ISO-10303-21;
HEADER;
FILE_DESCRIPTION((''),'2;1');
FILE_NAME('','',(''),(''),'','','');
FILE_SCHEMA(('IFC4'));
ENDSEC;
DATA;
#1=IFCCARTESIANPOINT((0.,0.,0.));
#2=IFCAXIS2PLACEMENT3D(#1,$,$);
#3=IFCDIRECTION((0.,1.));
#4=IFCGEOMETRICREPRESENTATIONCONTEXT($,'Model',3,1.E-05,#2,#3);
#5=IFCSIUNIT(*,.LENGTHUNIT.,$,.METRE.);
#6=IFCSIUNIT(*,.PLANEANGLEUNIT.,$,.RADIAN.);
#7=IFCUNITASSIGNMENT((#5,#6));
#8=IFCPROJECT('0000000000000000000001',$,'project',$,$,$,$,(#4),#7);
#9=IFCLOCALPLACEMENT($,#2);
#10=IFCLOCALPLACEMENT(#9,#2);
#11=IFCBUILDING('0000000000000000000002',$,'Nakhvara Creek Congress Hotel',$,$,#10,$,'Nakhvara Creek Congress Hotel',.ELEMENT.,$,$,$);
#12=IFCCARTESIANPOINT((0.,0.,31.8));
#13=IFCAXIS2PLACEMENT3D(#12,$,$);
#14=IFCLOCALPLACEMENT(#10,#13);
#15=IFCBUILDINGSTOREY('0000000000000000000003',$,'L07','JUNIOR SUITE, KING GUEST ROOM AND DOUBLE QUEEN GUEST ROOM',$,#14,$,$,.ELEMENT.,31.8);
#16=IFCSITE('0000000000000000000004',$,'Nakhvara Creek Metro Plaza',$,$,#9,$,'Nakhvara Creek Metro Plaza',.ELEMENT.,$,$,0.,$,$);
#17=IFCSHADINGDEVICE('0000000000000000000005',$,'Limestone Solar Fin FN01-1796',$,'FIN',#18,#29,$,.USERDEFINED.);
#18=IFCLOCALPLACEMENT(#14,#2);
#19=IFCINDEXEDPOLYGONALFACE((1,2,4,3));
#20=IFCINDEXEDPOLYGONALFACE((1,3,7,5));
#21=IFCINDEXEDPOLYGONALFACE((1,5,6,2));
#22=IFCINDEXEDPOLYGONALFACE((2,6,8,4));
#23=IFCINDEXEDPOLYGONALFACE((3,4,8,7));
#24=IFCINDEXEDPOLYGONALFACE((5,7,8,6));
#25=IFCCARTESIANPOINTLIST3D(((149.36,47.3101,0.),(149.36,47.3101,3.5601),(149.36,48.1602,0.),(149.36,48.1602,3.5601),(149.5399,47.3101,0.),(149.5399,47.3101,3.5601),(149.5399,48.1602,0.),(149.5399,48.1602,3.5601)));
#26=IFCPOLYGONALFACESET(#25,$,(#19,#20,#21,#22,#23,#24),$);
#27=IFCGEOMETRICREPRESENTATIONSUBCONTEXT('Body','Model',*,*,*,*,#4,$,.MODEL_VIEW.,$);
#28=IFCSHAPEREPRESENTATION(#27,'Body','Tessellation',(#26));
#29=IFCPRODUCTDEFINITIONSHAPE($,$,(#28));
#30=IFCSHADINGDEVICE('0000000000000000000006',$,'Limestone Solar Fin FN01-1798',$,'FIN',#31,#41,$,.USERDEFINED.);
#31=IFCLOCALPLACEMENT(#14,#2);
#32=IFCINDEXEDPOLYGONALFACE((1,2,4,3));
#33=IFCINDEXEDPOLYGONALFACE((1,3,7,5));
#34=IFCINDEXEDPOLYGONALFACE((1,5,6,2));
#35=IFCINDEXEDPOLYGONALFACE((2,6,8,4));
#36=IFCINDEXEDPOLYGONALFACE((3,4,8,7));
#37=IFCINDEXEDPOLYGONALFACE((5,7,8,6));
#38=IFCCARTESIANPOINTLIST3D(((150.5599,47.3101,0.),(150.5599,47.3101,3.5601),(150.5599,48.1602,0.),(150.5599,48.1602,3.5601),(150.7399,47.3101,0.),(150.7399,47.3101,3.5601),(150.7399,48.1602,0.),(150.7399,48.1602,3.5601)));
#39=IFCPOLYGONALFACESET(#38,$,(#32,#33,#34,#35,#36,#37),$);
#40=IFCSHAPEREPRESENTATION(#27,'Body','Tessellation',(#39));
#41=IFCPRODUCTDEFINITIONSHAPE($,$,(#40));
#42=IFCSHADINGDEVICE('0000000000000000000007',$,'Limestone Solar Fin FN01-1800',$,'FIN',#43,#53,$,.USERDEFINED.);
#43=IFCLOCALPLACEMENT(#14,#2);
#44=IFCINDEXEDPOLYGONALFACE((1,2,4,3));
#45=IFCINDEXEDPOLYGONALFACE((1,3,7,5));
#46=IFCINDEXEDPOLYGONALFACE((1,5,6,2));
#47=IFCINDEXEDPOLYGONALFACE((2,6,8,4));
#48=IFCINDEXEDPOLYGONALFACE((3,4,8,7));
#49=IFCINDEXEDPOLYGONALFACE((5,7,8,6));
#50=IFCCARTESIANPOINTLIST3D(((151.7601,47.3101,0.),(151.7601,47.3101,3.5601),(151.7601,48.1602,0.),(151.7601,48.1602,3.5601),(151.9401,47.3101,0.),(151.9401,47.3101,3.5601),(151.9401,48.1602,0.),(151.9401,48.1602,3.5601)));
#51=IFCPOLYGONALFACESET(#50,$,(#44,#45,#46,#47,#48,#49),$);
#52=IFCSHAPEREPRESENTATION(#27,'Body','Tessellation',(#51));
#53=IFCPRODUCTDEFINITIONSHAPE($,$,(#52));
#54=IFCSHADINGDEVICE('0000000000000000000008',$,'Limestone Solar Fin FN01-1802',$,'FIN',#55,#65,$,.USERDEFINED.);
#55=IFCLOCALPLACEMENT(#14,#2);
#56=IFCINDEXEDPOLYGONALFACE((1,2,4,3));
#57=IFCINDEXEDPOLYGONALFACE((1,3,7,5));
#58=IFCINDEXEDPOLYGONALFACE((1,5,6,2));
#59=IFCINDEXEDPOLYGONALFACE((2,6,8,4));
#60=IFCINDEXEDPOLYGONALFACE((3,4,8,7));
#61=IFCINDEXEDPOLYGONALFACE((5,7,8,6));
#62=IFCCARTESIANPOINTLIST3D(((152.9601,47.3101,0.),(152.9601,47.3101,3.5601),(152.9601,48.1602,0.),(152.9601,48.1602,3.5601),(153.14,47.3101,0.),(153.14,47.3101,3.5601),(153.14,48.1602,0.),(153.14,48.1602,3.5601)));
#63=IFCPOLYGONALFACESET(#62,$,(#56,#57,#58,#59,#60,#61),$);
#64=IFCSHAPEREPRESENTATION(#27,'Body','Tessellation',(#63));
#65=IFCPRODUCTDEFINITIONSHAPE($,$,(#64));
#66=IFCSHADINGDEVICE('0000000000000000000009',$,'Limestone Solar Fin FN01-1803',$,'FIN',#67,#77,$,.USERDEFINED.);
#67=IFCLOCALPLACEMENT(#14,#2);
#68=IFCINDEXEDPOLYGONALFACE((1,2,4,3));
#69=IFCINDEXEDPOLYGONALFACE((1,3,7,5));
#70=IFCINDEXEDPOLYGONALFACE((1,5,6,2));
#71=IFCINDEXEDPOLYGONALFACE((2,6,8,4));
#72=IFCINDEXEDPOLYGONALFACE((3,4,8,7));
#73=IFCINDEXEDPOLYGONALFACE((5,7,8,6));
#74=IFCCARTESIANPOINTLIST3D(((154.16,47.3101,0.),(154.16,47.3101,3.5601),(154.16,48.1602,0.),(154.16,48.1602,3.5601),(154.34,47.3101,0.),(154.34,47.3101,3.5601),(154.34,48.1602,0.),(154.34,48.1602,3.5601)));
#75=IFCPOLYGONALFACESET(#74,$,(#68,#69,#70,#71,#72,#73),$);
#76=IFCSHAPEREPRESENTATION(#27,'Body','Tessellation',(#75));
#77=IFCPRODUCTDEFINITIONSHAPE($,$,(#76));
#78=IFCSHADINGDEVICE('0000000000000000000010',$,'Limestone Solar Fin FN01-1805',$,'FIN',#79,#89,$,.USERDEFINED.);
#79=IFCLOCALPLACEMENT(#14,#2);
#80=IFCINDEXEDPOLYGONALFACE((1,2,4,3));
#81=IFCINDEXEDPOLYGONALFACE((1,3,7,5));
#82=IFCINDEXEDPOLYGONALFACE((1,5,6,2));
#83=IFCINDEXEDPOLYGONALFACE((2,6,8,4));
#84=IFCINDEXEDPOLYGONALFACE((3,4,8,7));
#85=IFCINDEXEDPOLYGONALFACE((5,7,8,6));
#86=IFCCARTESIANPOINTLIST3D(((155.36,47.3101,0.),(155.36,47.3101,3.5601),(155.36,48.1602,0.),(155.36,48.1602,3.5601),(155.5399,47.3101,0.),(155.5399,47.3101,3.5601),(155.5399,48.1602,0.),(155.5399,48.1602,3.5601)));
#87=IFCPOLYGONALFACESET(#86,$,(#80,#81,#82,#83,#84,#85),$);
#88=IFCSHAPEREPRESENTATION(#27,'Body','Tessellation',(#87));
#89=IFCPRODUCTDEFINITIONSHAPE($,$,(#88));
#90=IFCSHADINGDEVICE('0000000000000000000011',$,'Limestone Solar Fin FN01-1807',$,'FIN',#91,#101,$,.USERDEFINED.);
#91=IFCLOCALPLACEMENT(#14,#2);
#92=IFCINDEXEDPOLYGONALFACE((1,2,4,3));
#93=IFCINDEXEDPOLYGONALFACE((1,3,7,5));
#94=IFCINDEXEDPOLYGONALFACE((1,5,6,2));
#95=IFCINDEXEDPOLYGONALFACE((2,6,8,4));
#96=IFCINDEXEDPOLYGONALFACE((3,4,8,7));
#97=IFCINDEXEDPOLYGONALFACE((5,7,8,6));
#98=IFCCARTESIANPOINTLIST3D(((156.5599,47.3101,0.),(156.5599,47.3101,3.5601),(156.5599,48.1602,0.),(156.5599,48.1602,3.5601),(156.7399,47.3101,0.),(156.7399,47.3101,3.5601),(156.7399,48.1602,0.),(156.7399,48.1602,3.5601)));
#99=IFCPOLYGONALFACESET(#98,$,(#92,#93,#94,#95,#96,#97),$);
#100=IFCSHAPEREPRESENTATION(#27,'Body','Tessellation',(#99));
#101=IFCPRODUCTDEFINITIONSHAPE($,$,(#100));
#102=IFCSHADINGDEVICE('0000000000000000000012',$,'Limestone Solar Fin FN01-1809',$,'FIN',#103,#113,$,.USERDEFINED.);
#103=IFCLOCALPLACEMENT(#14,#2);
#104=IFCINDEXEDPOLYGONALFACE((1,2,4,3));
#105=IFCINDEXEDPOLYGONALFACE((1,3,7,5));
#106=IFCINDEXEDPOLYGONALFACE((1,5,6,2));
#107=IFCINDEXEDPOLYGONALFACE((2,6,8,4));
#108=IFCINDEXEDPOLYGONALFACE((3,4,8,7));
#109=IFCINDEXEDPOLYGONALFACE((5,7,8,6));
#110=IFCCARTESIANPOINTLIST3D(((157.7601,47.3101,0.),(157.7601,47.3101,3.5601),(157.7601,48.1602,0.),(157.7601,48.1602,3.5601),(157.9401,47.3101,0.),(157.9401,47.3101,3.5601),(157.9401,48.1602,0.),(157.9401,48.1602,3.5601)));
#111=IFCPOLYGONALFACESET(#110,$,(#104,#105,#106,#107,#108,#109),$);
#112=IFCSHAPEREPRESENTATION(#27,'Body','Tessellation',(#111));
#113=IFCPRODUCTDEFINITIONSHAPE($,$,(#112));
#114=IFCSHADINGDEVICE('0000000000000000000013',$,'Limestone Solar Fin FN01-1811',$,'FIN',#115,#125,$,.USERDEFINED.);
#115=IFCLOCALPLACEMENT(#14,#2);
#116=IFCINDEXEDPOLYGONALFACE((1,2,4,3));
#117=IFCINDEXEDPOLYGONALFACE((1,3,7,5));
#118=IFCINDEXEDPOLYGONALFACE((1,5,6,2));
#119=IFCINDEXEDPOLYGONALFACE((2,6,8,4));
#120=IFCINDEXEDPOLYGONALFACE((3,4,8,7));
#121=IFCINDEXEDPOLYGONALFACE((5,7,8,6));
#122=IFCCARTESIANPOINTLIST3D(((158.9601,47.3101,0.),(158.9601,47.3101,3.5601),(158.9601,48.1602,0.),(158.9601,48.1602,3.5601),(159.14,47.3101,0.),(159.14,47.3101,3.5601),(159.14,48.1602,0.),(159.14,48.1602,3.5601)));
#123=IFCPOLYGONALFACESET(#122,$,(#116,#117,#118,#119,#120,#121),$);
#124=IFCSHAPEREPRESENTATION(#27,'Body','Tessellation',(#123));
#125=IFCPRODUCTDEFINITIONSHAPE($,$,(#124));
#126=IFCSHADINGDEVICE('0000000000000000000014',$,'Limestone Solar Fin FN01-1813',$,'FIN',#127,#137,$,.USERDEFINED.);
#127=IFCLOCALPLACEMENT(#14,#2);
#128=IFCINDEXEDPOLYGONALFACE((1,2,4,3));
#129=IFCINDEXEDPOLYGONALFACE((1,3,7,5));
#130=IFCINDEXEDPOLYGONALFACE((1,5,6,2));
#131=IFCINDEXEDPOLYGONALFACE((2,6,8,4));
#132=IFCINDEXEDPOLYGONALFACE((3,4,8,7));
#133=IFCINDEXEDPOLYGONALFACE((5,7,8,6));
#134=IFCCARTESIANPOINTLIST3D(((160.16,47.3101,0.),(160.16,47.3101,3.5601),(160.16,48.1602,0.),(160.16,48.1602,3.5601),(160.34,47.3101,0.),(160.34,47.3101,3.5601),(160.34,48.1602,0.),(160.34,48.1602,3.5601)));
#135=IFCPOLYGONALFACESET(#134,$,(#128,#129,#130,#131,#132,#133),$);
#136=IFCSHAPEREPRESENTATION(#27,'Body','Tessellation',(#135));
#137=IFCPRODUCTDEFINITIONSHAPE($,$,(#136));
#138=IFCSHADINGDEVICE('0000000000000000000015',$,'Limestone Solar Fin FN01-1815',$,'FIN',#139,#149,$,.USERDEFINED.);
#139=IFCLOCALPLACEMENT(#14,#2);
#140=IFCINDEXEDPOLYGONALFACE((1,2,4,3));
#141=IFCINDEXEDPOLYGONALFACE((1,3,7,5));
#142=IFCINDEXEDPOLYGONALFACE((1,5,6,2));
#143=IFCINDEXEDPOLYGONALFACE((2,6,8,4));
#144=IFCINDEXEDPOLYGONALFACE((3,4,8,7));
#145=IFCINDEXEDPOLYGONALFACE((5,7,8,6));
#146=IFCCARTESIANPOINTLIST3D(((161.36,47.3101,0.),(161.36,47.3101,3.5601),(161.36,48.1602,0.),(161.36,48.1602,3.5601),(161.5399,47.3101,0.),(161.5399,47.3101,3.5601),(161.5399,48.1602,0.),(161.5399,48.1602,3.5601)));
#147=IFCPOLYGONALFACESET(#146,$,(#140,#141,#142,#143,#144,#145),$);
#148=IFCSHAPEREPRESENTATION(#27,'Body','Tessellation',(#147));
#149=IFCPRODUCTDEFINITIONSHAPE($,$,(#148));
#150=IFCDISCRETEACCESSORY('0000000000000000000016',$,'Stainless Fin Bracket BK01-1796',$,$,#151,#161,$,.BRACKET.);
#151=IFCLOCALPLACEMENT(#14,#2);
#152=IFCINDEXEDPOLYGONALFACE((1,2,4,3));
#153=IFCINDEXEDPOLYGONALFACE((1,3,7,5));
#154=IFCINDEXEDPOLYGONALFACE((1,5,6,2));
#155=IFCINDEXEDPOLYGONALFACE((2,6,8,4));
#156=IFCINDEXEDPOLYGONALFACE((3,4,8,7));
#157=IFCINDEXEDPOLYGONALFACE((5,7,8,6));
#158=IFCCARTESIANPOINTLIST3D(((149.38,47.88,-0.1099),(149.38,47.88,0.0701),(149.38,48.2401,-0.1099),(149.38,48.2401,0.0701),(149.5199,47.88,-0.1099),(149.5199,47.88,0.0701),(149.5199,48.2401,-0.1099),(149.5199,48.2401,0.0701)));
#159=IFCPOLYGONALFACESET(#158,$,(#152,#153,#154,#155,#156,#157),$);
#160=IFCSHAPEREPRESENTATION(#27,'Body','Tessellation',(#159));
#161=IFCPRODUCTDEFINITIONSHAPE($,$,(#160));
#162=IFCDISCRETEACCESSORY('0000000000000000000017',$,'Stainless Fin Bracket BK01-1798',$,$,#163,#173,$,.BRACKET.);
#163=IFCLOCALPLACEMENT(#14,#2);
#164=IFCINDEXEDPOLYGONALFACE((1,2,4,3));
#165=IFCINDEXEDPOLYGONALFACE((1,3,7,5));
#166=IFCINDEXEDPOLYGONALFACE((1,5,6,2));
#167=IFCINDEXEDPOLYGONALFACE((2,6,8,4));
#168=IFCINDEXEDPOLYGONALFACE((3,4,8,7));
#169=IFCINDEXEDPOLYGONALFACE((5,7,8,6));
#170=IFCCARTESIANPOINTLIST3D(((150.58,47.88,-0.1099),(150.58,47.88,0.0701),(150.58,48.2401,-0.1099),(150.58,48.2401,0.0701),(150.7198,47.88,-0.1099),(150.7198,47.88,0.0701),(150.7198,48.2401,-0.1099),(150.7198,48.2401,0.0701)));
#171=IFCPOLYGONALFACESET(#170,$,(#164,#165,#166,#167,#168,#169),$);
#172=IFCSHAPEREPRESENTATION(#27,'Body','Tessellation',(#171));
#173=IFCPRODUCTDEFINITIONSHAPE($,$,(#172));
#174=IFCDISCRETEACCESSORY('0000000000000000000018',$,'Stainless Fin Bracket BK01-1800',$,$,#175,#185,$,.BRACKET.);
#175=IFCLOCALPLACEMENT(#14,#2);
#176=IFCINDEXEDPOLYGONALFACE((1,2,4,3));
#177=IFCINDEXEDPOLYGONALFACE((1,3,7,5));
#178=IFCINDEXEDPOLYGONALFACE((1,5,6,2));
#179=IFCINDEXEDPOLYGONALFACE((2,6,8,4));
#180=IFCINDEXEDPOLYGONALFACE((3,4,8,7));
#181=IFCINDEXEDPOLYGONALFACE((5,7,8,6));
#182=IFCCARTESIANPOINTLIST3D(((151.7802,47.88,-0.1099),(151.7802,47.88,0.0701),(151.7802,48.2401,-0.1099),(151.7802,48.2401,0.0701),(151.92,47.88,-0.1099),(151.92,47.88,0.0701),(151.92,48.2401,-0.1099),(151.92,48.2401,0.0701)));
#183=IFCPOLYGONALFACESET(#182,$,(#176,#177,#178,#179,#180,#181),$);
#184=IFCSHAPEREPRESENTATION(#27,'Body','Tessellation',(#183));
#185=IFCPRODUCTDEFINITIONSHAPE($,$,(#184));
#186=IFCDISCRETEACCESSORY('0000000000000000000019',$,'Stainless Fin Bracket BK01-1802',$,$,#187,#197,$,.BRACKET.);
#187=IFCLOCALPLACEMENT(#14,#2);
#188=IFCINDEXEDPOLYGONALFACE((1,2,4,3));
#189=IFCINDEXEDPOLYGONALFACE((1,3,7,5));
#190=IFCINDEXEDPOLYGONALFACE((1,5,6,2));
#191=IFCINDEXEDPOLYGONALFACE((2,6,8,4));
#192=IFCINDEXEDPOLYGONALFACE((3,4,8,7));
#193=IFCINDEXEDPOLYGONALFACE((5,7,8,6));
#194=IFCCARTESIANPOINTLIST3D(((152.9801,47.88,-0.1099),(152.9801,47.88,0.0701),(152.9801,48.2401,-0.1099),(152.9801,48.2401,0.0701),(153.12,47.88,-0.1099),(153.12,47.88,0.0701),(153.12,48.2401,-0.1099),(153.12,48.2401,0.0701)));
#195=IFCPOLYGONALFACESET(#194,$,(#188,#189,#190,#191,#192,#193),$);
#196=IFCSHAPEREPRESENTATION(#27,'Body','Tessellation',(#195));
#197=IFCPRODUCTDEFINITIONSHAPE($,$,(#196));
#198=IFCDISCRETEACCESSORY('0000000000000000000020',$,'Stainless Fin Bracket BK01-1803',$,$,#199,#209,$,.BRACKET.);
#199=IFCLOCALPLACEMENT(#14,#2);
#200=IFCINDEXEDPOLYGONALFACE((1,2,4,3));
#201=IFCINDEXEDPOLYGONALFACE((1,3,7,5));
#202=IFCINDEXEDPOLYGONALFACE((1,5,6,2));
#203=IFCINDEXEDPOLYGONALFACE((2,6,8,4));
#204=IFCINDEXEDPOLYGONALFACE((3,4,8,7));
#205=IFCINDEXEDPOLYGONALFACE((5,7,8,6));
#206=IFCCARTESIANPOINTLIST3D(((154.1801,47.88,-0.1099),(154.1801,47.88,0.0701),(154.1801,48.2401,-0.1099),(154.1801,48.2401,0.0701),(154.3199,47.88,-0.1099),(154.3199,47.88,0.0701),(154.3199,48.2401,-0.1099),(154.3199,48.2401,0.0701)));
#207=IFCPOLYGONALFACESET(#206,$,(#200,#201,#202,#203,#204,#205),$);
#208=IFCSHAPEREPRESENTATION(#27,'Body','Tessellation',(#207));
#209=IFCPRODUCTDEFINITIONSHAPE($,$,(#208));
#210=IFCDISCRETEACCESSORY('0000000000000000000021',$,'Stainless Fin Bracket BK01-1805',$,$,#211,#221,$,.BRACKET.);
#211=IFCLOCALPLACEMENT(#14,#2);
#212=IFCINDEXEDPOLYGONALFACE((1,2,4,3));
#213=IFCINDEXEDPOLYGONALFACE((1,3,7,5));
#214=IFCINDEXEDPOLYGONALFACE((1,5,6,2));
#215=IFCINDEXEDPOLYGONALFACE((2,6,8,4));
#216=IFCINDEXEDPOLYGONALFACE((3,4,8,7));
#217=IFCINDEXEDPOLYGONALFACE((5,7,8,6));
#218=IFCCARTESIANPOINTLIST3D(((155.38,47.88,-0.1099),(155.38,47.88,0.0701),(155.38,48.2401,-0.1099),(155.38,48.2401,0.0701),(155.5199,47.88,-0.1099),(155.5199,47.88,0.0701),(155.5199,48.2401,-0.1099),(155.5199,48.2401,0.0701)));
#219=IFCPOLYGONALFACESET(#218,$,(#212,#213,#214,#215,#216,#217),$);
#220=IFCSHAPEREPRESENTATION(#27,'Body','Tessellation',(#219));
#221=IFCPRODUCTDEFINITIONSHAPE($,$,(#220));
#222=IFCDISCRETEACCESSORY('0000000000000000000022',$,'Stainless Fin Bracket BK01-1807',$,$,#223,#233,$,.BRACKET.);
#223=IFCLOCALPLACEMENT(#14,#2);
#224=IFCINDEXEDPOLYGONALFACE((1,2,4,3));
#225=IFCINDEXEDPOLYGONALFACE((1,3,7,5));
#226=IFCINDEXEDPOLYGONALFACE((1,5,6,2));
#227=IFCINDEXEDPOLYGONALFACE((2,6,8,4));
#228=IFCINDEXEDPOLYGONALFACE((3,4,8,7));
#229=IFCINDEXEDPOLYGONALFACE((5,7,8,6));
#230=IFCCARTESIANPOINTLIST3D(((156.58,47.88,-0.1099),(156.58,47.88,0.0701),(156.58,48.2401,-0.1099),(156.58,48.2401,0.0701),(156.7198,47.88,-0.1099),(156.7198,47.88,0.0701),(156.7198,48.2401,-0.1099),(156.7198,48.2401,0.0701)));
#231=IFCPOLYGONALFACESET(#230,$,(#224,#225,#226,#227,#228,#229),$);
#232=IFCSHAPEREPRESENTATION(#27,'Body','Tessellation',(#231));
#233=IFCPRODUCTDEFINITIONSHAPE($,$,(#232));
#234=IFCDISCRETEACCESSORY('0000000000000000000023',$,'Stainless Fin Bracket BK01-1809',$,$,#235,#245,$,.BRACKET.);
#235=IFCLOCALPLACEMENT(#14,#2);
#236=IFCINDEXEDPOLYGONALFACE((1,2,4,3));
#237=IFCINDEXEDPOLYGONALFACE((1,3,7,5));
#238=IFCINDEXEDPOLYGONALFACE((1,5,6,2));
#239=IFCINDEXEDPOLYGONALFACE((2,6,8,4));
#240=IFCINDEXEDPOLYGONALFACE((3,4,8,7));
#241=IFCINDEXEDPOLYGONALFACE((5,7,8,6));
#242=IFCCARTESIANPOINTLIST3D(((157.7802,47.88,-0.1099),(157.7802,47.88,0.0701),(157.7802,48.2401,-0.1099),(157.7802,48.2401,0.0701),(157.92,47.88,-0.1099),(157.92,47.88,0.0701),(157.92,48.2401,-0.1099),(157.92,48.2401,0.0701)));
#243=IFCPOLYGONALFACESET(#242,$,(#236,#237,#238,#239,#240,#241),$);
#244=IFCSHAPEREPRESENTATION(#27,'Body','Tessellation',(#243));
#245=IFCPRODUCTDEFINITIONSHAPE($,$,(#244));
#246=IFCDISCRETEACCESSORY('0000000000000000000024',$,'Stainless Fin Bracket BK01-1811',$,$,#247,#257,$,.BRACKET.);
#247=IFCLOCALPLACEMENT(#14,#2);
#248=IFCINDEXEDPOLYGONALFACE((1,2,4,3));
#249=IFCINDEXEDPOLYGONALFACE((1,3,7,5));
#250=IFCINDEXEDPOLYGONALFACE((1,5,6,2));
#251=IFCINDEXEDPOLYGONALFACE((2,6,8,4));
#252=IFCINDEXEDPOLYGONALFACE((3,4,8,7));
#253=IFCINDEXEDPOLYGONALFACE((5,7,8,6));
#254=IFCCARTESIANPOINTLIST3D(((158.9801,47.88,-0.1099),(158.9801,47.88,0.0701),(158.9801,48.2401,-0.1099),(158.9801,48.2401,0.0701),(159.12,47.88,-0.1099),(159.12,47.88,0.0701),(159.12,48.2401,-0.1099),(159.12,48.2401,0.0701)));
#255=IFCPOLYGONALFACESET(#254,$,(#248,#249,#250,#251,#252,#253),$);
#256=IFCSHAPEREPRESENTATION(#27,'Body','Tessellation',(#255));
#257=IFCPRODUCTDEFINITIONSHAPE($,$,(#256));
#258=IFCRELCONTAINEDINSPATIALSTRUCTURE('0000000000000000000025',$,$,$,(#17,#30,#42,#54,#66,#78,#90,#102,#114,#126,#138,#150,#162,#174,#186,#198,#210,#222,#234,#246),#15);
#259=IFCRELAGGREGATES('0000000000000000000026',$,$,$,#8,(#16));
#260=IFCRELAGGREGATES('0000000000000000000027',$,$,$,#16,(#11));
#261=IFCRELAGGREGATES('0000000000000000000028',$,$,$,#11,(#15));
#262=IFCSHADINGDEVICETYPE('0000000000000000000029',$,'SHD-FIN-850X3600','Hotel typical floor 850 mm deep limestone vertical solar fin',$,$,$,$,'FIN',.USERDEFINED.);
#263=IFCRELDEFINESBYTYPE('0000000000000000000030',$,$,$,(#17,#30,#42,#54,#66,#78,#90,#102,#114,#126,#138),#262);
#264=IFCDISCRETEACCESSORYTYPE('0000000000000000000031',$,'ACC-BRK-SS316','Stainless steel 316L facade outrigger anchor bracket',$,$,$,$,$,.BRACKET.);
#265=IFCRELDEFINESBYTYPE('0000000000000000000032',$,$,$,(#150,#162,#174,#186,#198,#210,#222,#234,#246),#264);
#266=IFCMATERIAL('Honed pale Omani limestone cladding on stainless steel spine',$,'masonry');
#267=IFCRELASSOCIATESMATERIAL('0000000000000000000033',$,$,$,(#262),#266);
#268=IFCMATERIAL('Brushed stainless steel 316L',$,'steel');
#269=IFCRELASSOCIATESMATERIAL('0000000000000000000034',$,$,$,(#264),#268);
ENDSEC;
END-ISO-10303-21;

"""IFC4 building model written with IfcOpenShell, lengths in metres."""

from ifc_helpers import new_model, si_unit, direction, frame, origin, origin_2d, place, context, subcontext, project, spatial, rectangle, extrude, material, type_object, element, save


model = new_model("IFC4")

# Units and contexts
model_context = context("Model", 3, precision=1e-05, world=origin(), true_north=direction((0.0, 1.0)))
body_context = subcontext(model_context, "Body", "Model", "MODEL_VIEW")
ifc_project = project(units=[si_unit("LENGTHUNIT", "METRE"), si_unit("PLANEANGLEUNIT", "RADIAN")], contexts=[model_context])

# Site, building, storey
site_placement = place(None, origin())
site = spatial("IfcSite", under=ifc_project, at=site_placement, Name="Nakhvara Creek Metro Plaza", LongName="Nakhvara Creek Metro Plaza", CompositionType="ELEMENT", RefElevation=0.0)
building_placement = place(site_placement, origin())
building = spatial("IfcBuilding", under=site, at=building_placement, Name="Nakhvara Creek Congress Hotel", LongName="Nakhvara Creek Congress Hotel", CompositionType="ELEMENT")
storey_placement = place(building_placement, frame((0.0, 0.0, 31.8)))
storey = spatial("IfcBuildingStorey", under=building, at=storey_placement, Name="L07", Description="JUNIOR SUITE, KING GUEST ROOM AND DOUBLE QUEEN GUEST ROOM", CompositionType="ELEMENT", Elevation=31.8)

# Shading devices
ifc_material_1 = material(Name="Honed pale Omani limestone cladding on stainless steel spine", Category="masonry")
shading_device_type = type_object("IfcShadingDeviceType", Name="SHD-FIN-850X3600", Description="Hotel typical floor 850 mm deep limestone vertical solar fin", ElementType="FIN", PredefinedType="USERDEFINED", material=ifc_material_1)
for number, where, z_axis, x_axis, name in (
    (1, (149.45, 47.7351, 0.0), (0.0, 0.0, 1.0), (1.0, 0.0, 0.0), "Limestone Solar Fin FN01-1796"),
    (2, (150.6499, 47.7351, 0.0), (0.0, 0.0, 1.0), (1.0, 0.0, 0.0), "Limestone Solar Fin FN01-1798"),
    (3, (151.8501, 47.7351, 0.0), (0.0, 0.0, 1.0), (1.0, 0.0, 0.0), "Limestone Solar Fin FN01-1800"),
    (4, (153.05, 47.7351, 0.0), (0.0, 0.0, 1.0), (1.0, 0.0, 0.0), "Limestone Solar Fin FN01-1802"),
    (5, (154.25, 47.7351, 0.0), (0.0, 0.0, 1.0), (1.0, 0.0, 0.0), "Limestone Solar Fin FN01-1803"),
    (6, (155.45, 47.7351, 0.0), (0.0, 0.0, 1.0), (1.0, 0.0, 0.0), "Limestone Solar Fin FN01-1805"),
    (7, (156.6499, 47.7351, 0.0), (0.0, 0.0, 1.0), (1.0, 0.0, 0.0), "Limestone Solar Fin FN01-1807"),
    (8, (157.8501, 47.7351, 0.0), (0.0, 0.0, 1.0), (1.0, 0.0, 0.0), "Limestone Solar Fin FN01-1809"),
    (9, (159.05, 47.7351, 0.0), (0.0, 0.0, 1.0), (1.0, 0.0, 0.0), "Limestone Solar Fin FN01-1811"),
    (10, (160.25, 47.7351, 0.0), (0.0, 0.0, 1.0), (1.0, 0.0, 0.0), "Limestone Solar Fin FN01-1813"),
    (11, (161.45, 47.7351, 0.0), (0.0, 0.0, 1.0), (1.0, 0.0, 0.0), "Limestone Solar Fin FN01-1815"),
):
    element("IfcShadingDevice", number, at=place(storey_placement, frame(where, z_axis=z_axis, x_axis=x_axis)), inside=storey, type_object=shading_device_type, Name=name, ObjectType="FIN", PredefinedType="USERDEFINED", context=body_context, shape_type="SweptSolid", body=[
        extrude(rectangle(XDim=0.1799, YDim=0.8501, at=origin_2d()), origin(), (0.0, 0.0, 1.0), 3.5601),
    ])

# Discrete accessories
ifc_material_2 = material(Name="Brushed stainless steel 316L", Category="steel")
discrete_accessory_type = type_object("IfcDiscreteAccessoryType", Name="ACC-BRK-SS316", Description="Stainless steel 316L facade outrigger anchor bracket", PredefinedType="BRACKET", material=ifc_material_2)
for number, where, z_axis, x_axis, name in (
    (12, (149.45, 48.0601, -0.1099), (0.0, 0.0, 1.0), (1.0, 0.0, 0.0), "Stainless Fin Bracket BK01-1796"),
    (13, (150.6499, 48.0601, -0.1099), (0.0, 0.0, 1.0), (1.0, 0.0, 0.0), "Stainless Fin Bracket BK01-1798"),
    (14, (151.8501, 48.0601, -0.1099), (0.0, 0.0, 1.0), (1.0, 0.0, 0.0), "Stainless Fin Bracket BK01-1800"),
    (15, (153.05, 48.0601, -0.1099), (0.0, 0.0, 1.0), (1.0, 0.0, 0.0), "Stainless Fin Bracket BK01-1802"),
    (16, (154.25, 48.0601, -0.1099), (0.0, 0.0, 1.0), (1.0, 0.0, 0.0), "Stainless Fin Bracket BK01-1803"),
    (17, (155.45, 48.0601, -0.1099), (0.0, 0.0, 1.0), (1.0, 0.0, 0.0), "Stainless Fin Bracket BK01-1805"),
    (18, (156.6499, 48.0601, -0.1099), (0.0, 0.0, 1.0), (1.0, 0.0, 0.0), "Stainless Fin Bracket BK01-1807"),
    (19, (157.8501, 48.0601, -0.1099), (0.0, 0.0, 1.0), (1.0, 0.0, 0.0), "Stainless Fin Bracket BK01-1809"),
    (20, (159.05, 48.0601, -0.1099), (0.0, 0.0, 1.0), (1.0, 0.0, 0.0), "Stainless Fin Bracket BK01-1811"),
):
    element("IfcDiscreteAccessory", number, at=place(storey_placement, frame(where, z_axis=z_axis, x_axis=x_axis)), inside=storey, type_object=discrete_accessory_type, Name=name, PredefinedType="BRACKET", context=body_context, shape_type="SweptSolid", body=[
        extrude(rectangle(XDim=0.1399, YDim=0.3601, at=origin_2d()), origin(), (0.0, 0.0, 1.0), 0.1799),
    ])

save(model, "model.ifc")
